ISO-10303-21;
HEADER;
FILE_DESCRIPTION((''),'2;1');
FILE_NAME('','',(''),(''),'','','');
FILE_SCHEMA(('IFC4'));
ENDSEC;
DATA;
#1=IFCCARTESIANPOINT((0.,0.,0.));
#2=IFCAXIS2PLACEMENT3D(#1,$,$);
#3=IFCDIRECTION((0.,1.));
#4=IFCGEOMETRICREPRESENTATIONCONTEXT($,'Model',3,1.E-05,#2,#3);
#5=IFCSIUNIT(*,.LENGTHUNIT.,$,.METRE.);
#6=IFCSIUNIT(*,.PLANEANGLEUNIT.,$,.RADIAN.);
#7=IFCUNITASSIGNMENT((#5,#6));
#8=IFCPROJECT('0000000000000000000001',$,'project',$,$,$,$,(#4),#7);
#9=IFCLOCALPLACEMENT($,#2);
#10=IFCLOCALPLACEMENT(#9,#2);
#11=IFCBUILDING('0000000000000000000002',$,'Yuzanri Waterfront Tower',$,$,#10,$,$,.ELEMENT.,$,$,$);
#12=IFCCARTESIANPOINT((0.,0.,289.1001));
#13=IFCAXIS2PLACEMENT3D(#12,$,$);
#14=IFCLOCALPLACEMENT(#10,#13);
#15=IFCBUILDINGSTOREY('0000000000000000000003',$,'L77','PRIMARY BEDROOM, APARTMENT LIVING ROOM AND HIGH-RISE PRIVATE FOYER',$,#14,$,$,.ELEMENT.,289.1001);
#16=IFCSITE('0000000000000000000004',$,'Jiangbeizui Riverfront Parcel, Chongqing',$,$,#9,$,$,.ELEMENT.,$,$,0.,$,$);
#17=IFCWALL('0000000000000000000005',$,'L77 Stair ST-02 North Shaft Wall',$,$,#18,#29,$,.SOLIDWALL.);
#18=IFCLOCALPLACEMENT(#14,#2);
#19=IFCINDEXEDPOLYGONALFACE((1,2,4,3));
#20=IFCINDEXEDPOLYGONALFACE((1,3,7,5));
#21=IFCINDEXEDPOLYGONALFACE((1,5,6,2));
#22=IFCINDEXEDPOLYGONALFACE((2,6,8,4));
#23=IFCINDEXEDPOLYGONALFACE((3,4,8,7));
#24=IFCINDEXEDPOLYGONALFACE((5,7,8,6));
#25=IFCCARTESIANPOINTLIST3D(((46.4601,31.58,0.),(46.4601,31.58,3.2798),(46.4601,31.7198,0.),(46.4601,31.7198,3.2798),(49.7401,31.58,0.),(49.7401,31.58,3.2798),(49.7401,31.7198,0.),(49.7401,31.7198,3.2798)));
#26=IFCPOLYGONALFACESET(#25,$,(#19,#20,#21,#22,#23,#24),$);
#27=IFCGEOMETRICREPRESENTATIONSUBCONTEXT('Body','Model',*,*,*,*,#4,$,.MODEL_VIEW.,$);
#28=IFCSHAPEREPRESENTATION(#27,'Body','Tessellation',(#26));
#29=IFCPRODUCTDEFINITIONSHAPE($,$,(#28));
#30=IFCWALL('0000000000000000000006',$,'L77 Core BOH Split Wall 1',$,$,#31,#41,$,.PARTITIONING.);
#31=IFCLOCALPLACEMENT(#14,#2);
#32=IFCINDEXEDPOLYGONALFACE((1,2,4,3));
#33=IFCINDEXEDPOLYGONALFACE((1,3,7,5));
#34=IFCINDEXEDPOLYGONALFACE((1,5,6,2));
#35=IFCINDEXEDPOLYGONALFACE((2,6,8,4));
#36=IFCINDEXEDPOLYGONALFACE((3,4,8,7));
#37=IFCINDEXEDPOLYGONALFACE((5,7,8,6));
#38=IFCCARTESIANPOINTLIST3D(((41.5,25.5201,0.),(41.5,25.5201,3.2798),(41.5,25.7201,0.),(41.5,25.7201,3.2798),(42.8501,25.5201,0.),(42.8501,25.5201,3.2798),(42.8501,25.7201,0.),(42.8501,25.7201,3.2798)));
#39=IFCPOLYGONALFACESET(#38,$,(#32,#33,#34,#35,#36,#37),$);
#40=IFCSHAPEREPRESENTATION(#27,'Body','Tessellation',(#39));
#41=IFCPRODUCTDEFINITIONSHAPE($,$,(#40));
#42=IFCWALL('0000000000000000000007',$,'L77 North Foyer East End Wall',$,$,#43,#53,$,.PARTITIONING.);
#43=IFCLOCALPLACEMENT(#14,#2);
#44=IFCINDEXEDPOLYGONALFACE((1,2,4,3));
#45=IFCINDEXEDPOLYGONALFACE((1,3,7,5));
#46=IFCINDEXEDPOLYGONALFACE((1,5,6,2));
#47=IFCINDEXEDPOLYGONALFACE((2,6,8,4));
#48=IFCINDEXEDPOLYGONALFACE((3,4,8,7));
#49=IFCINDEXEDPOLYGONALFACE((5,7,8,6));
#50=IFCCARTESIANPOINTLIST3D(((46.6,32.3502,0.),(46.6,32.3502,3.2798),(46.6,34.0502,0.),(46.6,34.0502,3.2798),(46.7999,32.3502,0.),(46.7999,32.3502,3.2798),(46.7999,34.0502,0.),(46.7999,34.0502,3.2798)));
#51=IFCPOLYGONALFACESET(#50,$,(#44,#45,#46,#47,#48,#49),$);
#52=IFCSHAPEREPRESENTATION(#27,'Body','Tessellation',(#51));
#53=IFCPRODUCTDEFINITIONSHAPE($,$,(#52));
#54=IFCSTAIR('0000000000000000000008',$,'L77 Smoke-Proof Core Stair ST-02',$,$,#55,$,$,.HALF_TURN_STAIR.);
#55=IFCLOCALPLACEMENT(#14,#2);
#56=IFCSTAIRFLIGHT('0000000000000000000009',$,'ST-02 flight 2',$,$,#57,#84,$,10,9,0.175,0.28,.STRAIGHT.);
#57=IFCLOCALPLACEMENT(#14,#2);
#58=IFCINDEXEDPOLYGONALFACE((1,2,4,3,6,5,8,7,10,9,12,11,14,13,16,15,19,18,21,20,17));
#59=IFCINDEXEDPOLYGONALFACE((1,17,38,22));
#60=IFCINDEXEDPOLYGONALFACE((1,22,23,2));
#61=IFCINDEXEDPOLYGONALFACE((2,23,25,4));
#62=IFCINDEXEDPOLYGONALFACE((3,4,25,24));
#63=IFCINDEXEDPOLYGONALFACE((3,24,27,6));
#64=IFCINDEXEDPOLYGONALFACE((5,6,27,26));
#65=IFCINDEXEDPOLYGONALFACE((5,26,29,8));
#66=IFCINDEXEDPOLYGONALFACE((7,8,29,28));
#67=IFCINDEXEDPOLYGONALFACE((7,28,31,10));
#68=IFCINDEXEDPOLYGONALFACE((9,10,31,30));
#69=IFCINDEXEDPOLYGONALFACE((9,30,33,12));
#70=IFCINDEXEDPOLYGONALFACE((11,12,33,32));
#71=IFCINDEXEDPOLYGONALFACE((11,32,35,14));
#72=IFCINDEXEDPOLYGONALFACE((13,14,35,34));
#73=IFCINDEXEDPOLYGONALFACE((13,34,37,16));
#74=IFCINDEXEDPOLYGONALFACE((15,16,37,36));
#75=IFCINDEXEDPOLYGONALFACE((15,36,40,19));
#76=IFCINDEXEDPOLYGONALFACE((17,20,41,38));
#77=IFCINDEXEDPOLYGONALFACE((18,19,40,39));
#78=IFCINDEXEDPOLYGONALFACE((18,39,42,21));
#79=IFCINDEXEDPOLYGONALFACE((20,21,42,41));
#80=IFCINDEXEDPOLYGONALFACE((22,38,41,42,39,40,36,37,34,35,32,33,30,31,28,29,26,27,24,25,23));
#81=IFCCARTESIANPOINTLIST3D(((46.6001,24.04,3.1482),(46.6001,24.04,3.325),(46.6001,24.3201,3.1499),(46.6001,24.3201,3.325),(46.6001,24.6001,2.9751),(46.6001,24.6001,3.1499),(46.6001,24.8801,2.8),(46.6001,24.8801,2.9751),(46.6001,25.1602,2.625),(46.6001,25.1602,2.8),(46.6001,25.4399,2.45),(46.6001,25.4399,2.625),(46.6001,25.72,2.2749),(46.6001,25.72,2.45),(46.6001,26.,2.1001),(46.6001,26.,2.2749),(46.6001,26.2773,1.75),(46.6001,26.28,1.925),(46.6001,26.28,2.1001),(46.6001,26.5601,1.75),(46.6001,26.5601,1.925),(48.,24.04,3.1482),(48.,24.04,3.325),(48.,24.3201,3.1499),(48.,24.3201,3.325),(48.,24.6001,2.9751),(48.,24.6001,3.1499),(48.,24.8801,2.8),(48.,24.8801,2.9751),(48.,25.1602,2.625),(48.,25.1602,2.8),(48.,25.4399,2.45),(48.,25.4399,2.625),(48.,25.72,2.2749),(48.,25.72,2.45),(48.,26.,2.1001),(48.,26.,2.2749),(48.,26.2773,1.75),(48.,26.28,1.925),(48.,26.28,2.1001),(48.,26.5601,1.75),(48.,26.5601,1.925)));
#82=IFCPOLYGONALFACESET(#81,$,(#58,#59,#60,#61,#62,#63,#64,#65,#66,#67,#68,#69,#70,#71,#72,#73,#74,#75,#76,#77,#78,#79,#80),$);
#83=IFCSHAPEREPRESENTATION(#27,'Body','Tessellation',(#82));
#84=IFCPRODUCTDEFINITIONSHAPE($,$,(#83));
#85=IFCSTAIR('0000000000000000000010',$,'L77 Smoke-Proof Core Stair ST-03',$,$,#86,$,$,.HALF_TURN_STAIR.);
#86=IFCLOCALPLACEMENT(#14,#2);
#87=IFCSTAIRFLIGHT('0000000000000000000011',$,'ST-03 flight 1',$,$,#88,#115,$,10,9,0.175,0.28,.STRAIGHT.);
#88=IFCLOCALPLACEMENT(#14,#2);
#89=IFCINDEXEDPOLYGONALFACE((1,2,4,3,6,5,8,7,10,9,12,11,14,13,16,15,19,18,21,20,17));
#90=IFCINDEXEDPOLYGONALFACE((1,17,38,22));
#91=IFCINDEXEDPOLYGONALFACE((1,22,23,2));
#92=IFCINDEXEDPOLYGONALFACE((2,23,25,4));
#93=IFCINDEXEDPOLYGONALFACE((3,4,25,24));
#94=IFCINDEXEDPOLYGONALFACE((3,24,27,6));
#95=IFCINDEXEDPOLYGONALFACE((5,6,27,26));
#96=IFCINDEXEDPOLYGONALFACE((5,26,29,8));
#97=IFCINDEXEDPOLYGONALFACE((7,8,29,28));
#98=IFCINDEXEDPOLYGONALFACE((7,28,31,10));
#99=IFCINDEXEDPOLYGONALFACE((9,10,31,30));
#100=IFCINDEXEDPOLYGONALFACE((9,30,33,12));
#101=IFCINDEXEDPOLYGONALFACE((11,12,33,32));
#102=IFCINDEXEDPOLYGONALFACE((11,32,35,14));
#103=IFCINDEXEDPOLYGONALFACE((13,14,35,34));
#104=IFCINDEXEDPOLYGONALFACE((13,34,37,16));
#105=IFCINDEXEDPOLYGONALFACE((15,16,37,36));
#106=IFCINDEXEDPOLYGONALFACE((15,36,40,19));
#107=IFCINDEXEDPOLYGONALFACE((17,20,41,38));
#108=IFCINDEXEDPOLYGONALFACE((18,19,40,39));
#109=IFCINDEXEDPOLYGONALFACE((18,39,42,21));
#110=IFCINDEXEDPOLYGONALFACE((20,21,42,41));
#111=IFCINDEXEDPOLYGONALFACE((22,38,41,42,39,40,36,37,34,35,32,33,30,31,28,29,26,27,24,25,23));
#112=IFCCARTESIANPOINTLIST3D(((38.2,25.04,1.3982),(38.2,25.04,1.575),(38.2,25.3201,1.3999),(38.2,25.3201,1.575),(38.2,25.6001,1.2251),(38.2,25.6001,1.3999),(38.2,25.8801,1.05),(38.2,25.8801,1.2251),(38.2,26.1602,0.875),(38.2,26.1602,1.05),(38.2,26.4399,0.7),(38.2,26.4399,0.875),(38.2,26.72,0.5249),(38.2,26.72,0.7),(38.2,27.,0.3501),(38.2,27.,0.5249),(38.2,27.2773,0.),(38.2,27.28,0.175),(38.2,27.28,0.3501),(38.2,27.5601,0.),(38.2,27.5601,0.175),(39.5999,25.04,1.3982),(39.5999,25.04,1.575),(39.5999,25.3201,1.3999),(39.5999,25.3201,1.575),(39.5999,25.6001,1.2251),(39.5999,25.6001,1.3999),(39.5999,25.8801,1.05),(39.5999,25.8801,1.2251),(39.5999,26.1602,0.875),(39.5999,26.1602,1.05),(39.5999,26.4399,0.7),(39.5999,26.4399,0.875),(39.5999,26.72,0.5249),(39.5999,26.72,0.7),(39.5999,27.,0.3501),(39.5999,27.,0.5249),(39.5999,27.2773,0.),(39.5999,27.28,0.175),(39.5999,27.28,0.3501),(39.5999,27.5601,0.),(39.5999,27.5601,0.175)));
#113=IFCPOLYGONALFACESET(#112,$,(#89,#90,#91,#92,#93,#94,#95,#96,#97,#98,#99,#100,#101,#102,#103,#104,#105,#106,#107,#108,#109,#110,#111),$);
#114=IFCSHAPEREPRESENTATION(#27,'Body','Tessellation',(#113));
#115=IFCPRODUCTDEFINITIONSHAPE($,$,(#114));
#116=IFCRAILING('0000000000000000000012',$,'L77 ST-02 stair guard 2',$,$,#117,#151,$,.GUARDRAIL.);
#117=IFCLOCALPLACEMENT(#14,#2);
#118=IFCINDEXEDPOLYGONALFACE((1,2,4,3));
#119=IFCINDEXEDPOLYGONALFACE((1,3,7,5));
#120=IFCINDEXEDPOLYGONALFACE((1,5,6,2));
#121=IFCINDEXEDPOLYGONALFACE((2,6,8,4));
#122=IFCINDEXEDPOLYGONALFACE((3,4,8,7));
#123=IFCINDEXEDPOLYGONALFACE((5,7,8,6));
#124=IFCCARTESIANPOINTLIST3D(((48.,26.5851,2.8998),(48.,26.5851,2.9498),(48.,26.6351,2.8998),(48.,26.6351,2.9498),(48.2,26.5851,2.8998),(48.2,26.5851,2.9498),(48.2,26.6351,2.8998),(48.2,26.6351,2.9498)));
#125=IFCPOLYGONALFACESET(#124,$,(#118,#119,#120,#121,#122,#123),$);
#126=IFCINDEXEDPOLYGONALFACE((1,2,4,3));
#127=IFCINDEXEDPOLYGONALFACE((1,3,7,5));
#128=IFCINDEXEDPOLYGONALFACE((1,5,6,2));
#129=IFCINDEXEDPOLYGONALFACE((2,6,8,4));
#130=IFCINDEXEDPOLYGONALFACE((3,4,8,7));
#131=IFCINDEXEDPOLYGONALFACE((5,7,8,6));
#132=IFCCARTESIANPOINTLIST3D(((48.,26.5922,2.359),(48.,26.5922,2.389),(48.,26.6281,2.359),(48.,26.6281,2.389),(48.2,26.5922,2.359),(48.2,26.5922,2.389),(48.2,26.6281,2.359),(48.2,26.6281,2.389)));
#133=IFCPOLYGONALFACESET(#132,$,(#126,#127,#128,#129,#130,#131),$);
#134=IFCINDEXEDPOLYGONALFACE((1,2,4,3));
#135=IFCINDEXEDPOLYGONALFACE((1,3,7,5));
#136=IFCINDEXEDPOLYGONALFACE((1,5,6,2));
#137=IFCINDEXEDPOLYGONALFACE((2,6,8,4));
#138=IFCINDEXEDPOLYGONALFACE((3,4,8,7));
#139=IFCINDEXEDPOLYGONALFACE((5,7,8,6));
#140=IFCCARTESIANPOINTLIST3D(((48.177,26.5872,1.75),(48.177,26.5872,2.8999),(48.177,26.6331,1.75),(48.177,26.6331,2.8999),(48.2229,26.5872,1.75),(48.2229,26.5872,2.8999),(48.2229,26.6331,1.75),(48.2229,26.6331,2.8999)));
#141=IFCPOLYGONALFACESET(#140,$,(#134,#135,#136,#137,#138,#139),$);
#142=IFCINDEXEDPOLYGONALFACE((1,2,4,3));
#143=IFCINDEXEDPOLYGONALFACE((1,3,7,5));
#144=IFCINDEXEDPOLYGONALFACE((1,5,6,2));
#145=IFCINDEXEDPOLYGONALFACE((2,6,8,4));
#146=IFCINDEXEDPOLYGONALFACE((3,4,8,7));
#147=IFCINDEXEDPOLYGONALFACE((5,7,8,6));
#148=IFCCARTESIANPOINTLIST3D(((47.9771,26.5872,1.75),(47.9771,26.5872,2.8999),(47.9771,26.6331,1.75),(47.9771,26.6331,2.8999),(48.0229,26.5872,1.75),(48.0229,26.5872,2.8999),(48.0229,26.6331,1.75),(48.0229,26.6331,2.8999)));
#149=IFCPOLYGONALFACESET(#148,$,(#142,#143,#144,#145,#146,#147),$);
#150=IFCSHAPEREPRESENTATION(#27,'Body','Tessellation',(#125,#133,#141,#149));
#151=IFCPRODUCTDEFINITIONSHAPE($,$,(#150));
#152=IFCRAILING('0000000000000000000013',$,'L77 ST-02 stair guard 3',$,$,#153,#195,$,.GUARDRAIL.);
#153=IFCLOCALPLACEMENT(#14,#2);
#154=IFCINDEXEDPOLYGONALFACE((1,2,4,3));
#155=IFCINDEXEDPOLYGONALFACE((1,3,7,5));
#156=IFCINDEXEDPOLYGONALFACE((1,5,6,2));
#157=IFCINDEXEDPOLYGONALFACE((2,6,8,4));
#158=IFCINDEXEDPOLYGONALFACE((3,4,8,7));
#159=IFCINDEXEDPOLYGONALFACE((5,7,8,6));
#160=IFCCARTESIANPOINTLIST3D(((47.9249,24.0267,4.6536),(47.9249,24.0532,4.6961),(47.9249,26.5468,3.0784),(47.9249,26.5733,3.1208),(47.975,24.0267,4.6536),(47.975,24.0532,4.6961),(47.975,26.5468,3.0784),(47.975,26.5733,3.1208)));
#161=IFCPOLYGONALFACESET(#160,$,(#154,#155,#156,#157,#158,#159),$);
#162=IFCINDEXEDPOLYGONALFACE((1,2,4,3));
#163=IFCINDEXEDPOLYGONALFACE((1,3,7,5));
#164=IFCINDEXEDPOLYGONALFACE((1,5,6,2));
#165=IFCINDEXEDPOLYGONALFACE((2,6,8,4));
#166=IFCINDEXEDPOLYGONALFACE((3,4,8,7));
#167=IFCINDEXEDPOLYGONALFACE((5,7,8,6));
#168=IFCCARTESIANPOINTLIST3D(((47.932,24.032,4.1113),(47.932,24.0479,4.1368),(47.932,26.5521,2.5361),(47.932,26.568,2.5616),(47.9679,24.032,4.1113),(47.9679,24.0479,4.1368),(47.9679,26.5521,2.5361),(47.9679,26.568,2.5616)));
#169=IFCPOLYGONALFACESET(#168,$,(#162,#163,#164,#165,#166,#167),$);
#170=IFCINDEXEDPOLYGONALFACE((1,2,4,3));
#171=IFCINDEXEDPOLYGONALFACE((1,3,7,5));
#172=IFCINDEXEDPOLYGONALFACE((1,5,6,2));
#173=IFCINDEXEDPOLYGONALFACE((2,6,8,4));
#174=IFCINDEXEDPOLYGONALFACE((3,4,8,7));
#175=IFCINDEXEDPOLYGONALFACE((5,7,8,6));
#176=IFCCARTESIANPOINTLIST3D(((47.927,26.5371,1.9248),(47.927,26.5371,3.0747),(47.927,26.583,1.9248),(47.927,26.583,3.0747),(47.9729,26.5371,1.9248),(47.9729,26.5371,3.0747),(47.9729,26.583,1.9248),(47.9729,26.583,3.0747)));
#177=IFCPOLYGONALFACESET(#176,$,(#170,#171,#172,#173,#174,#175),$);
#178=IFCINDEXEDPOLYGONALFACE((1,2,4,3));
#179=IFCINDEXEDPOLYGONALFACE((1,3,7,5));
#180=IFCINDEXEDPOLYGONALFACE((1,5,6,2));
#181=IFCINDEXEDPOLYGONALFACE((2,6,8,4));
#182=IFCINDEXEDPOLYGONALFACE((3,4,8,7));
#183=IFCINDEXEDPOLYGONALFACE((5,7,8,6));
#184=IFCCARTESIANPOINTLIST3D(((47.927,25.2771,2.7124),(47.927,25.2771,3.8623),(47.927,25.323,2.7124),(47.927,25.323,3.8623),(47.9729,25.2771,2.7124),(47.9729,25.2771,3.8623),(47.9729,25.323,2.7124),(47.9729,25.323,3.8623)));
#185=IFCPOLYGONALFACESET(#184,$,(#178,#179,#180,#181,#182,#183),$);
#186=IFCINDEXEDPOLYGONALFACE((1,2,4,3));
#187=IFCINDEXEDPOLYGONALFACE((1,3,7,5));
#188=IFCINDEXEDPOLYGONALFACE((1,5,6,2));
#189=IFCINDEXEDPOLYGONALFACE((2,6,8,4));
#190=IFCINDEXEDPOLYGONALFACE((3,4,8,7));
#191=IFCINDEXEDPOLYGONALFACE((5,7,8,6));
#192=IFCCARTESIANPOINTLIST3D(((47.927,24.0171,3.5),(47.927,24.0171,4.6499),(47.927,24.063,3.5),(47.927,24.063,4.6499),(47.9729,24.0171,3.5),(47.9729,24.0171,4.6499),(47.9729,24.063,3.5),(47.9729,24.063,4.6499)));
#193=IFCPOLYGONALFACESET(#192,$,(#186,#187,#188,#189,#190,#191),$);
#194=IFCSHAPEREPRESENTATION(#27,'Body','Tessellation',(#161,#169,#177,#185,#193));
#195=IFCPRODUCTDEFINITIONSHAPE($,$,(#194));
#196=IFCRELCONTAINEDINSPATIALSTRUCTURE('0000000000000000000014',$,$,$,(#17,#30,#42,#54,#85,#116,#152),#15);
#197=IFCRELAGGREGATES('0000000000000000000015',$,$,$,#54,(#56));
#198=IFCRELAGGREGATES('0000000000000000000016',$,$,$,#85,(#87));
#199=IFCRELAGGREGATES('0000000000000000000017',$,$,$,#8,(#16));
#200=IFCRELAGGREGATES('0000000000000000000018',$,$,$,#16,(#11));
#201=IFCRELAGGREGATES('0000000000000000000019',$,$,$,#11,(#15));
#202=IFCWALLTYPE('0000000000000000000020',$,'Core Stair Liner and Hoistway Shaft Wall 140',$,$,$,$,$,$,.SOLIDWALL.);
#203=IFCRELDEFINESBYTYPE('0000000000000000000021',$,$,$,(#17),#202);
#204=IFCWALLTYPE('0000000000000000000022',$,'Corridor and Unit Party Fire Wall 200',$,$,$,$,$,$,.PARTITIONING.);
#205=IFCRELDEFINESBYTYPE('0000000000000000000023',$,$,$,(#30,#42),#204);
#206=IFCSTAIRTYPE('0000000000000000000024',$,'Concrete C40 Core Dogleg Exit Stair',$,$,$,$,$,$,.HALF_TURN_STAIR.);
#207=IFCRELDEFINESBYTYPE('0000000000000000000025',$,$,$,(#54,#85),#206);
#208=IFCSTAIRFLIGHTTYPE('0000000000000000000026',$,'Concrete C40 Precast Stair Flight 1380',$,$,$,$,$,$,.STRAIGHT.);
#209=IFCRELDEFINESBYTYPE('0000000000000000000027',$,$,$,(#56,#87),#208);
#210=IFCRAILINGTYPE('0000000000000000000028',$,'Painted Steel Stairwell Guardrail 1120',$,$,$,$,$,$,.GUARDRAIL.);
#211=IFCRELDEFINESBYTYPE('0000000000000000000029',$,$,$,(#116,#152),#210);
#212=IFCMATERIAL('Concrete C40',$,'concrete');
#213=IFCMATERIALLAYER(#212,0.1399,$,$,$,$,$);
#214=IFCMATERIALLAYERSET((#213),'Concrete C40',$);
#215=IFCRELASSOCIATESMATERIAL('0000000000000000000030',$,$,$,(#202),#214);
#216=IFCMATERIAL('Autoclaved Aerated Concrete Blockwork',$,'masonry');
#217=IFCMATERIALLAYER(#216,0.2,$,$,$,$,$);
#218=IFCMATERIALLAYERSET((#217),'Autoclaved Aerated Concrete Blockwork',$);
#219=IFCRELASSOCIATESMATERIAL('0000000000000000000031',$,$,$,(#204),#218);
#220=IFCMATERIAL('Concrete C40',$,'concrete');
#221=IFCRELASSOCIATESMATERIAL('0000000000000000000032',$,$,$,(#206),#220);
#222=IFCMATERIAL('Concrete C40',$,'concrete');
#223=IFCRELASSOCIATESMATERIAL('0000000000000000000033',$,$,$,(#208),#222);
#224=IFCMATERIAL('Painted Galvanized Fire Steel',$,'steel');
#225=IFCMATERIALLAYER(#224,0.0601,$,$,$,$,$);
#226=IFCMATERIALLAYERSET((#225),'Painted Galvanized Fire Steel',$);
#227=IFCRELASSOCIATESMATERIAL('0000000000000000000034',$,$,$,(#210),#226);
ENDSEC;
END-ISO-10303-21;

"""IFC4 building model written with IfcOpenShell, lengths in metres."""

from ifc_helpers import new_model, si_unit, direction, frame, frame_2d, origin, origin_2d, place, context, subcontext, project, spatial, polyline, rectangle, outline, extrude, source, transform, mapped, material, layer, layer_set, type_object, element, aggregate, save


model = new_model("IFC4")

# Units and contexts
model_context = context("Model", 3, precision=1e-05, world=origin(), true_north=direction((0.0, 1.0)))
body_context = subcontext(model_context, "Body", "Model", "MODEL_VIEW")
ifc_project = project(units=[si_unit("LENGTHUNIT", "METRE"), si_unit("PLANEANGLEUNIT", "RADIAN")], contexts=[model_context])

# Site, building, storey
site_placement = place(None, origin())
site = spatial("IfcSite", under=ifc_project, at=site_placement, Name="Jiangbeizui Riverfront Parcel, Chongqing", CompositionType="ELEMENT", RefElevation=0.0)
building_placement = place(site_placement, origin())
building = spatial("IfcBuilding", under=site, at=building_placement, Name="Yuzanri Waterfront Tower", CompositionType="ELEMENT")
storey_placement = place(building_placement, frame((0.0, 0.0, 289.1001)))
storey = spatial("IfcBuildingStorey", under=building, at=storey_placement, Name="L77", Description="PRIMARY BEDROOM, APARTMENT LIVING ROOM AND HIGH-RISE PRIVATE FOYER", CompositionType="ELEMENT", Elevation=289.1001)

# Shared definitions
ifc_material_1 = material(Name="Concrete C40", Category="concrete")
ifc_layer_1 = layer(ifc_material_1, 0.1399)
ifc_layer_set_1 = layer_set([ifc_layer_1], Name="Concrete C40")
wall_type_1 = type_object("IfcWallType", Name="Core Stair Liner and Hoistway Shaft Wall 140", PredefinedType="SOLIDWALL", material=ifc_layer_set_1)
ifc_material_2 = material(Name="Autoclaved Aerated Concrete Blockwork", Category="masonry")
ifc_layer_2 = layer(ifc_material_2, 0.2)
ifc_layer_set_2 = layer_set([ifc_layer_2], Name="Autoclaved Aerated Concrete Blockwork")
wall_type_2 = type_object("IfcWallType", Name="Corridor and Unit Party Fire Wall 200", PredefinedType="PARTITIONING", material=ifc_layer_set_2)

# Walls
shared_shape_1 = source(origin(), body_context, "Body", "SweptSolid", [
    extrude(rectangle(XDim=3.28, YDim=0.1399, at=frame_2d((1.6401, 0.0))), origin(), (0.0, 0.0, 1.0), 3.2798),
])
wall_1_placement = place(storey_placement, frame((46.46, 31.6499, 0.0), z_axis=(0.0, 0.0, 1.0), x_axis=(1.0, 0.0, 0.0)))
element("IfcWall", 1, at=wall_1_placement, inside=storey, type_object=wall_type_1, Name="L77 Stair ST-02 North Shaft Wall", PredefinedType="SOLIDWALL", context=body_context, shape_type="MappedRepresentation", body=[
    mapped(shared_shape_1, transform((0.0, 0.0, 0.0), scale=1.0)),
])
shared_shape_2 = source(origin(), body_context, "Body", "SweptSolid", [
    extrude(rectangle(XDim=1.3501, YDim=0.2, at=frame_2d((0.675, 0.0))), origin(), (0.0, 0.0, 1.0), 3.2798),
])
wall_2_placement = place(storey_placement, frame((41.5, 25.6201, 0.0), z_axis=(0.0, 0.0, 1.0), x_axis=(1.0, 0.0, 0.0)))
element("IfcWall", 2, at=wall_2_placement, inside=storey, type_object=wall_type_2, Name="L77 Core BOH Split Wall 1", PredefinedType="PARTITIONING", context=body_context, shape_type="MappedRepresentation", body=[
    mapped(shared_shape_2, transform((0.0, 0.0, 0.0), scale=1.0)),
])
shared_shape_3 = source(origin(), body_context, "Body", "SweptSolid", [
    extrude(rectangle(XDim=1.7, YDim=0.2, at=frame_2d((0.8501, 0.0))), origin(), (0.0, 0.0, 1.0), 3.2798),
])
wall_3_placement = place(storey_placement, frame((46.7, 32.3501, 0.0), z_axis=(0.0, 0.0, 1.0), x_axis=(0.0, 1.0, 0.0)))
element("IfcWall", 3, at=wall_3_placement, inside=storey, type_object=wall_type_2, Name="L77 North Foyer East End Wall", PredefinedType="PARTITIONING", context=body_context, shape_type="MappedRepresentation", body=[
    mapped(shared_shape_3, transform((0.0, 0.0, 0.0), scale=1.0)),
])

# Stairs, stair flights
ifc_material_3 = material(Name="Concrete C40", Category="concrete")
stair_type = type_object("IfcStairType", Name="Concrete C40 Core Dogleg Exit Stair", PredefinedType="HALF_TURN_STAIR", material=ifc_material_3)
stair_1_placement = place(storey_placement, origin())
stair_1 = element("IfcStair", 4, at=stair_1_placement, inside=storey, type_object=stair_type, Name="L77 Smoke-Proof Core Stair ST-02", PredefinedType="HALF_TURN_STAIR")
ifc_material_4 = material(Name="Concrete C40", Category="concrete")
stair_flight_type = type_object("IfcStairFlightType", Name="Concrete C40 Precast Stair Flight 1380", PredefinedType="STRAIGHT", material=ifc_material_4)
shared_shape_4 = source(origin(), body_context, "Body", "SweptSolid", [
    extrude(outline(polyline([(0.0, 0.0), (0.0, 0.175), (0.28, 0.175), (0.28, 0.3501), (0.5601, 0.3501), (0.5601, 0.5249), (0.8401, 0.5249), (0.8401, 0.7), (1.1201, 0.7), (1.1201, 0.875), (1.3999, 0.875), (1.3999, 1.05), (1.6799, 1.05), (1.6799, 1.2251), (1.96, 1.2251), (1.96, 1.3999), (2.24, 1.3999), (2.24, 1.575), (2.52, 1.575), (2.52, 1.75), (2.52, 1.3982), (0.2827, 0.0), (0.0, 0.0)])), frame((0.0, 0.7, 0.0), z_axis=(0.0, -1.0, 0.0), x_axis=(1.0, 0.0, 0.0)), (0.0, 0.0, 1.0), 1.3999),
])
stair_flight_1_placement = place(storey_placement, frame((47.3, 26.5601, 1.75), z_axis=(0.0, 0.0, 1.0), x_axis=(0.0, -1.0, 0.0)))
stair_flight_1 = element("IfcStairFlight", 5, at=stair_flight_1_placement, type_object=stair_flight_type, Name="ST-02 flight 2", NumberOfRisers=10, NumberOfTreads=9, PredefinedType="STRAIGHT", RiserHeight=0.175, TreadLength=0.28, context=body_context, shape_type="MappedRepresentation", body=[
    mapped(shared_shape_4, transform((0.0, 0.0, 0.0), scale=1.0)),
])
aggregate(stair_1, [stair_flight_1])
stair_2_placement = place(storey_placement, origin())
stair_2 = element("IfcStair", 6, at=stair_2_placement, inside=storey, type_object=stair_type, Name="L77 Smoke-Proof Core Stair ST-03", PredefinedType="HALF_TURN_STAIR")
stair_flight_2_placement = place(storey_placement, frame((38.8999, 27.5601, 0.0), z_axis=(0.0, 0.0, 1.0), x_axis=(0.0, -1.0, 0.0)))
stair_flight_2 = element("IfcStairFlight", 7, at=stair_flight_2_placement, type_object=stair_flight_type, Name="ST-03 flight 1", NumberOfRisers=10, NumberOfTreads=9, PredefinedType="STRAIGHT", RiserHeight=0.175, TreadLength=0.28, context=body_context, shape_type="MappedRepresentation", body=[
    mapped(shared_shape_4, transform((0.0, 0.0, 0.0), scale=1.0)),
])
aggregate(stair_2, [stair_flight_2])

# Railings
ifc_material_5 = material(Name="Painted Galvanized Fire Steel", Category="steel")
ifc_layer_3 = layer(ifc_material_5, 0.0601)
ifc_layer_set_3 = layer_set([ifc_layer_3], Name="Painted Galvanized Fire Steel")
railing_type_1 = type_object("IfcRailingType", Name="Painted Steel Stairwell Guardrail 1120", PredefinedType="GUARDRAIL", material=ifc_layer_set_3)
shared_shape_5 = source(origin(), body_context, "Body", "SweptSolid", [
    extrude(rectangle(XDim=0.05, YDim=0.05, at=origin_2d()), frame((0.0, 0.0, 1.1748), z_axis=(-1.0, 0.0, 0.0), x_axis=(0.0, -1.0, 0.0)), (0.0, 0.0, 1.0), 0.2),
    extrude(rectangle(XDim=0.0359, YDim=0.03, at=origin_2d()), frame((0.0, 0.0, 0.624), z_axis=(-1.0, 0.0, 0.0), x_axis=(0.0, -1.0, 0.0)), (0.0, 0.0, 1.0), 0.2),
    extrude(rectangle(XDim=0.0459, YDim=0.0459, at=origin_2d()), origin(), (0.0, 0.0, 1.0), 1.1499),
    extrude(rectangle(XDim=0.0459, YDim=0.0459, at=origin_2d()), frame((-0.2, 0.0, 0.0)), (0.0, 0.0, 1.0), 1.1499),
])
railing_1_placement = place(storey_placement, frame((48.2, 26.6101, 1.75)))
element("IfcRailing", 8, at=railing_1_placement, inside=storey, type_object=railing_type_1, Name="L77 ST-02 stair guard 2", PredefinedType="GUARDRAIL", context=body_context, shape_type="MappedRepresentation", body=[
    mapped(shared_shape_5, transform((0.0, 0.0, 0.0), scale=1.0)),
])
shared_shape_6 = source(origin(), body_context, "Body", "SweptSolid", [
    extrude(rectangle(XDim=0.05, YDim=0.05, at=origin_2d()), frame((0.0, 0.0, 1.1748), z_axis=(0.0, -0.847971, 0.530043), x_axis=(1.0, 0.0, 0.0)), (0.0, 0.0, 1.0), 2.9719),
    extrude(rectangle(XDim=0.0359, YDim=0.03, at=origin_2d()), frame((0.0, 0.0, 0.624), z_axis=(0.0, -0.847971, 0.530043), x_axis=(1.0, 0.0, 0.0)), (0.0, 0.0, 1.0), 2.9719),
    extrude(rectangle(XDim=0.0459, YDim=0.0459, at=origin_2d()), origin(), (0.0, 0.0, 1.0), 1.1499),
    extrude(rectangle(XDim=0.0459, YDim=0.0459, at=origin_2d()), frame((0.0, -1.26, 0.7876)), (0.0, 0.0, 1.0), 1.1499),
    extrude(rectangle(XDim=0.0459, YDim=0.0459, at=origin_2d()), frame((0.0, -2.52, 1.5752)), (0.0, 0.0, 1.0), 1.1499),
])
for number, where, name in (
    (9, (47.95, 26.5601, 1.9248), "L77 ST-02 stair guard 3"),
):
    element("IfcRailing", number, at=place(storey_placement, frame(where)), inside=storey, type_object=railing_type_1, Name=name, PredefinedType="GUARDRAIL", context=body_context, shape_type="MappedRepresentation", body=[
        mapped(shared_shape_6, transform((0.0, 0.0, 0.0), scale=1.0)),
    ])

save(model, "model.ifc")
